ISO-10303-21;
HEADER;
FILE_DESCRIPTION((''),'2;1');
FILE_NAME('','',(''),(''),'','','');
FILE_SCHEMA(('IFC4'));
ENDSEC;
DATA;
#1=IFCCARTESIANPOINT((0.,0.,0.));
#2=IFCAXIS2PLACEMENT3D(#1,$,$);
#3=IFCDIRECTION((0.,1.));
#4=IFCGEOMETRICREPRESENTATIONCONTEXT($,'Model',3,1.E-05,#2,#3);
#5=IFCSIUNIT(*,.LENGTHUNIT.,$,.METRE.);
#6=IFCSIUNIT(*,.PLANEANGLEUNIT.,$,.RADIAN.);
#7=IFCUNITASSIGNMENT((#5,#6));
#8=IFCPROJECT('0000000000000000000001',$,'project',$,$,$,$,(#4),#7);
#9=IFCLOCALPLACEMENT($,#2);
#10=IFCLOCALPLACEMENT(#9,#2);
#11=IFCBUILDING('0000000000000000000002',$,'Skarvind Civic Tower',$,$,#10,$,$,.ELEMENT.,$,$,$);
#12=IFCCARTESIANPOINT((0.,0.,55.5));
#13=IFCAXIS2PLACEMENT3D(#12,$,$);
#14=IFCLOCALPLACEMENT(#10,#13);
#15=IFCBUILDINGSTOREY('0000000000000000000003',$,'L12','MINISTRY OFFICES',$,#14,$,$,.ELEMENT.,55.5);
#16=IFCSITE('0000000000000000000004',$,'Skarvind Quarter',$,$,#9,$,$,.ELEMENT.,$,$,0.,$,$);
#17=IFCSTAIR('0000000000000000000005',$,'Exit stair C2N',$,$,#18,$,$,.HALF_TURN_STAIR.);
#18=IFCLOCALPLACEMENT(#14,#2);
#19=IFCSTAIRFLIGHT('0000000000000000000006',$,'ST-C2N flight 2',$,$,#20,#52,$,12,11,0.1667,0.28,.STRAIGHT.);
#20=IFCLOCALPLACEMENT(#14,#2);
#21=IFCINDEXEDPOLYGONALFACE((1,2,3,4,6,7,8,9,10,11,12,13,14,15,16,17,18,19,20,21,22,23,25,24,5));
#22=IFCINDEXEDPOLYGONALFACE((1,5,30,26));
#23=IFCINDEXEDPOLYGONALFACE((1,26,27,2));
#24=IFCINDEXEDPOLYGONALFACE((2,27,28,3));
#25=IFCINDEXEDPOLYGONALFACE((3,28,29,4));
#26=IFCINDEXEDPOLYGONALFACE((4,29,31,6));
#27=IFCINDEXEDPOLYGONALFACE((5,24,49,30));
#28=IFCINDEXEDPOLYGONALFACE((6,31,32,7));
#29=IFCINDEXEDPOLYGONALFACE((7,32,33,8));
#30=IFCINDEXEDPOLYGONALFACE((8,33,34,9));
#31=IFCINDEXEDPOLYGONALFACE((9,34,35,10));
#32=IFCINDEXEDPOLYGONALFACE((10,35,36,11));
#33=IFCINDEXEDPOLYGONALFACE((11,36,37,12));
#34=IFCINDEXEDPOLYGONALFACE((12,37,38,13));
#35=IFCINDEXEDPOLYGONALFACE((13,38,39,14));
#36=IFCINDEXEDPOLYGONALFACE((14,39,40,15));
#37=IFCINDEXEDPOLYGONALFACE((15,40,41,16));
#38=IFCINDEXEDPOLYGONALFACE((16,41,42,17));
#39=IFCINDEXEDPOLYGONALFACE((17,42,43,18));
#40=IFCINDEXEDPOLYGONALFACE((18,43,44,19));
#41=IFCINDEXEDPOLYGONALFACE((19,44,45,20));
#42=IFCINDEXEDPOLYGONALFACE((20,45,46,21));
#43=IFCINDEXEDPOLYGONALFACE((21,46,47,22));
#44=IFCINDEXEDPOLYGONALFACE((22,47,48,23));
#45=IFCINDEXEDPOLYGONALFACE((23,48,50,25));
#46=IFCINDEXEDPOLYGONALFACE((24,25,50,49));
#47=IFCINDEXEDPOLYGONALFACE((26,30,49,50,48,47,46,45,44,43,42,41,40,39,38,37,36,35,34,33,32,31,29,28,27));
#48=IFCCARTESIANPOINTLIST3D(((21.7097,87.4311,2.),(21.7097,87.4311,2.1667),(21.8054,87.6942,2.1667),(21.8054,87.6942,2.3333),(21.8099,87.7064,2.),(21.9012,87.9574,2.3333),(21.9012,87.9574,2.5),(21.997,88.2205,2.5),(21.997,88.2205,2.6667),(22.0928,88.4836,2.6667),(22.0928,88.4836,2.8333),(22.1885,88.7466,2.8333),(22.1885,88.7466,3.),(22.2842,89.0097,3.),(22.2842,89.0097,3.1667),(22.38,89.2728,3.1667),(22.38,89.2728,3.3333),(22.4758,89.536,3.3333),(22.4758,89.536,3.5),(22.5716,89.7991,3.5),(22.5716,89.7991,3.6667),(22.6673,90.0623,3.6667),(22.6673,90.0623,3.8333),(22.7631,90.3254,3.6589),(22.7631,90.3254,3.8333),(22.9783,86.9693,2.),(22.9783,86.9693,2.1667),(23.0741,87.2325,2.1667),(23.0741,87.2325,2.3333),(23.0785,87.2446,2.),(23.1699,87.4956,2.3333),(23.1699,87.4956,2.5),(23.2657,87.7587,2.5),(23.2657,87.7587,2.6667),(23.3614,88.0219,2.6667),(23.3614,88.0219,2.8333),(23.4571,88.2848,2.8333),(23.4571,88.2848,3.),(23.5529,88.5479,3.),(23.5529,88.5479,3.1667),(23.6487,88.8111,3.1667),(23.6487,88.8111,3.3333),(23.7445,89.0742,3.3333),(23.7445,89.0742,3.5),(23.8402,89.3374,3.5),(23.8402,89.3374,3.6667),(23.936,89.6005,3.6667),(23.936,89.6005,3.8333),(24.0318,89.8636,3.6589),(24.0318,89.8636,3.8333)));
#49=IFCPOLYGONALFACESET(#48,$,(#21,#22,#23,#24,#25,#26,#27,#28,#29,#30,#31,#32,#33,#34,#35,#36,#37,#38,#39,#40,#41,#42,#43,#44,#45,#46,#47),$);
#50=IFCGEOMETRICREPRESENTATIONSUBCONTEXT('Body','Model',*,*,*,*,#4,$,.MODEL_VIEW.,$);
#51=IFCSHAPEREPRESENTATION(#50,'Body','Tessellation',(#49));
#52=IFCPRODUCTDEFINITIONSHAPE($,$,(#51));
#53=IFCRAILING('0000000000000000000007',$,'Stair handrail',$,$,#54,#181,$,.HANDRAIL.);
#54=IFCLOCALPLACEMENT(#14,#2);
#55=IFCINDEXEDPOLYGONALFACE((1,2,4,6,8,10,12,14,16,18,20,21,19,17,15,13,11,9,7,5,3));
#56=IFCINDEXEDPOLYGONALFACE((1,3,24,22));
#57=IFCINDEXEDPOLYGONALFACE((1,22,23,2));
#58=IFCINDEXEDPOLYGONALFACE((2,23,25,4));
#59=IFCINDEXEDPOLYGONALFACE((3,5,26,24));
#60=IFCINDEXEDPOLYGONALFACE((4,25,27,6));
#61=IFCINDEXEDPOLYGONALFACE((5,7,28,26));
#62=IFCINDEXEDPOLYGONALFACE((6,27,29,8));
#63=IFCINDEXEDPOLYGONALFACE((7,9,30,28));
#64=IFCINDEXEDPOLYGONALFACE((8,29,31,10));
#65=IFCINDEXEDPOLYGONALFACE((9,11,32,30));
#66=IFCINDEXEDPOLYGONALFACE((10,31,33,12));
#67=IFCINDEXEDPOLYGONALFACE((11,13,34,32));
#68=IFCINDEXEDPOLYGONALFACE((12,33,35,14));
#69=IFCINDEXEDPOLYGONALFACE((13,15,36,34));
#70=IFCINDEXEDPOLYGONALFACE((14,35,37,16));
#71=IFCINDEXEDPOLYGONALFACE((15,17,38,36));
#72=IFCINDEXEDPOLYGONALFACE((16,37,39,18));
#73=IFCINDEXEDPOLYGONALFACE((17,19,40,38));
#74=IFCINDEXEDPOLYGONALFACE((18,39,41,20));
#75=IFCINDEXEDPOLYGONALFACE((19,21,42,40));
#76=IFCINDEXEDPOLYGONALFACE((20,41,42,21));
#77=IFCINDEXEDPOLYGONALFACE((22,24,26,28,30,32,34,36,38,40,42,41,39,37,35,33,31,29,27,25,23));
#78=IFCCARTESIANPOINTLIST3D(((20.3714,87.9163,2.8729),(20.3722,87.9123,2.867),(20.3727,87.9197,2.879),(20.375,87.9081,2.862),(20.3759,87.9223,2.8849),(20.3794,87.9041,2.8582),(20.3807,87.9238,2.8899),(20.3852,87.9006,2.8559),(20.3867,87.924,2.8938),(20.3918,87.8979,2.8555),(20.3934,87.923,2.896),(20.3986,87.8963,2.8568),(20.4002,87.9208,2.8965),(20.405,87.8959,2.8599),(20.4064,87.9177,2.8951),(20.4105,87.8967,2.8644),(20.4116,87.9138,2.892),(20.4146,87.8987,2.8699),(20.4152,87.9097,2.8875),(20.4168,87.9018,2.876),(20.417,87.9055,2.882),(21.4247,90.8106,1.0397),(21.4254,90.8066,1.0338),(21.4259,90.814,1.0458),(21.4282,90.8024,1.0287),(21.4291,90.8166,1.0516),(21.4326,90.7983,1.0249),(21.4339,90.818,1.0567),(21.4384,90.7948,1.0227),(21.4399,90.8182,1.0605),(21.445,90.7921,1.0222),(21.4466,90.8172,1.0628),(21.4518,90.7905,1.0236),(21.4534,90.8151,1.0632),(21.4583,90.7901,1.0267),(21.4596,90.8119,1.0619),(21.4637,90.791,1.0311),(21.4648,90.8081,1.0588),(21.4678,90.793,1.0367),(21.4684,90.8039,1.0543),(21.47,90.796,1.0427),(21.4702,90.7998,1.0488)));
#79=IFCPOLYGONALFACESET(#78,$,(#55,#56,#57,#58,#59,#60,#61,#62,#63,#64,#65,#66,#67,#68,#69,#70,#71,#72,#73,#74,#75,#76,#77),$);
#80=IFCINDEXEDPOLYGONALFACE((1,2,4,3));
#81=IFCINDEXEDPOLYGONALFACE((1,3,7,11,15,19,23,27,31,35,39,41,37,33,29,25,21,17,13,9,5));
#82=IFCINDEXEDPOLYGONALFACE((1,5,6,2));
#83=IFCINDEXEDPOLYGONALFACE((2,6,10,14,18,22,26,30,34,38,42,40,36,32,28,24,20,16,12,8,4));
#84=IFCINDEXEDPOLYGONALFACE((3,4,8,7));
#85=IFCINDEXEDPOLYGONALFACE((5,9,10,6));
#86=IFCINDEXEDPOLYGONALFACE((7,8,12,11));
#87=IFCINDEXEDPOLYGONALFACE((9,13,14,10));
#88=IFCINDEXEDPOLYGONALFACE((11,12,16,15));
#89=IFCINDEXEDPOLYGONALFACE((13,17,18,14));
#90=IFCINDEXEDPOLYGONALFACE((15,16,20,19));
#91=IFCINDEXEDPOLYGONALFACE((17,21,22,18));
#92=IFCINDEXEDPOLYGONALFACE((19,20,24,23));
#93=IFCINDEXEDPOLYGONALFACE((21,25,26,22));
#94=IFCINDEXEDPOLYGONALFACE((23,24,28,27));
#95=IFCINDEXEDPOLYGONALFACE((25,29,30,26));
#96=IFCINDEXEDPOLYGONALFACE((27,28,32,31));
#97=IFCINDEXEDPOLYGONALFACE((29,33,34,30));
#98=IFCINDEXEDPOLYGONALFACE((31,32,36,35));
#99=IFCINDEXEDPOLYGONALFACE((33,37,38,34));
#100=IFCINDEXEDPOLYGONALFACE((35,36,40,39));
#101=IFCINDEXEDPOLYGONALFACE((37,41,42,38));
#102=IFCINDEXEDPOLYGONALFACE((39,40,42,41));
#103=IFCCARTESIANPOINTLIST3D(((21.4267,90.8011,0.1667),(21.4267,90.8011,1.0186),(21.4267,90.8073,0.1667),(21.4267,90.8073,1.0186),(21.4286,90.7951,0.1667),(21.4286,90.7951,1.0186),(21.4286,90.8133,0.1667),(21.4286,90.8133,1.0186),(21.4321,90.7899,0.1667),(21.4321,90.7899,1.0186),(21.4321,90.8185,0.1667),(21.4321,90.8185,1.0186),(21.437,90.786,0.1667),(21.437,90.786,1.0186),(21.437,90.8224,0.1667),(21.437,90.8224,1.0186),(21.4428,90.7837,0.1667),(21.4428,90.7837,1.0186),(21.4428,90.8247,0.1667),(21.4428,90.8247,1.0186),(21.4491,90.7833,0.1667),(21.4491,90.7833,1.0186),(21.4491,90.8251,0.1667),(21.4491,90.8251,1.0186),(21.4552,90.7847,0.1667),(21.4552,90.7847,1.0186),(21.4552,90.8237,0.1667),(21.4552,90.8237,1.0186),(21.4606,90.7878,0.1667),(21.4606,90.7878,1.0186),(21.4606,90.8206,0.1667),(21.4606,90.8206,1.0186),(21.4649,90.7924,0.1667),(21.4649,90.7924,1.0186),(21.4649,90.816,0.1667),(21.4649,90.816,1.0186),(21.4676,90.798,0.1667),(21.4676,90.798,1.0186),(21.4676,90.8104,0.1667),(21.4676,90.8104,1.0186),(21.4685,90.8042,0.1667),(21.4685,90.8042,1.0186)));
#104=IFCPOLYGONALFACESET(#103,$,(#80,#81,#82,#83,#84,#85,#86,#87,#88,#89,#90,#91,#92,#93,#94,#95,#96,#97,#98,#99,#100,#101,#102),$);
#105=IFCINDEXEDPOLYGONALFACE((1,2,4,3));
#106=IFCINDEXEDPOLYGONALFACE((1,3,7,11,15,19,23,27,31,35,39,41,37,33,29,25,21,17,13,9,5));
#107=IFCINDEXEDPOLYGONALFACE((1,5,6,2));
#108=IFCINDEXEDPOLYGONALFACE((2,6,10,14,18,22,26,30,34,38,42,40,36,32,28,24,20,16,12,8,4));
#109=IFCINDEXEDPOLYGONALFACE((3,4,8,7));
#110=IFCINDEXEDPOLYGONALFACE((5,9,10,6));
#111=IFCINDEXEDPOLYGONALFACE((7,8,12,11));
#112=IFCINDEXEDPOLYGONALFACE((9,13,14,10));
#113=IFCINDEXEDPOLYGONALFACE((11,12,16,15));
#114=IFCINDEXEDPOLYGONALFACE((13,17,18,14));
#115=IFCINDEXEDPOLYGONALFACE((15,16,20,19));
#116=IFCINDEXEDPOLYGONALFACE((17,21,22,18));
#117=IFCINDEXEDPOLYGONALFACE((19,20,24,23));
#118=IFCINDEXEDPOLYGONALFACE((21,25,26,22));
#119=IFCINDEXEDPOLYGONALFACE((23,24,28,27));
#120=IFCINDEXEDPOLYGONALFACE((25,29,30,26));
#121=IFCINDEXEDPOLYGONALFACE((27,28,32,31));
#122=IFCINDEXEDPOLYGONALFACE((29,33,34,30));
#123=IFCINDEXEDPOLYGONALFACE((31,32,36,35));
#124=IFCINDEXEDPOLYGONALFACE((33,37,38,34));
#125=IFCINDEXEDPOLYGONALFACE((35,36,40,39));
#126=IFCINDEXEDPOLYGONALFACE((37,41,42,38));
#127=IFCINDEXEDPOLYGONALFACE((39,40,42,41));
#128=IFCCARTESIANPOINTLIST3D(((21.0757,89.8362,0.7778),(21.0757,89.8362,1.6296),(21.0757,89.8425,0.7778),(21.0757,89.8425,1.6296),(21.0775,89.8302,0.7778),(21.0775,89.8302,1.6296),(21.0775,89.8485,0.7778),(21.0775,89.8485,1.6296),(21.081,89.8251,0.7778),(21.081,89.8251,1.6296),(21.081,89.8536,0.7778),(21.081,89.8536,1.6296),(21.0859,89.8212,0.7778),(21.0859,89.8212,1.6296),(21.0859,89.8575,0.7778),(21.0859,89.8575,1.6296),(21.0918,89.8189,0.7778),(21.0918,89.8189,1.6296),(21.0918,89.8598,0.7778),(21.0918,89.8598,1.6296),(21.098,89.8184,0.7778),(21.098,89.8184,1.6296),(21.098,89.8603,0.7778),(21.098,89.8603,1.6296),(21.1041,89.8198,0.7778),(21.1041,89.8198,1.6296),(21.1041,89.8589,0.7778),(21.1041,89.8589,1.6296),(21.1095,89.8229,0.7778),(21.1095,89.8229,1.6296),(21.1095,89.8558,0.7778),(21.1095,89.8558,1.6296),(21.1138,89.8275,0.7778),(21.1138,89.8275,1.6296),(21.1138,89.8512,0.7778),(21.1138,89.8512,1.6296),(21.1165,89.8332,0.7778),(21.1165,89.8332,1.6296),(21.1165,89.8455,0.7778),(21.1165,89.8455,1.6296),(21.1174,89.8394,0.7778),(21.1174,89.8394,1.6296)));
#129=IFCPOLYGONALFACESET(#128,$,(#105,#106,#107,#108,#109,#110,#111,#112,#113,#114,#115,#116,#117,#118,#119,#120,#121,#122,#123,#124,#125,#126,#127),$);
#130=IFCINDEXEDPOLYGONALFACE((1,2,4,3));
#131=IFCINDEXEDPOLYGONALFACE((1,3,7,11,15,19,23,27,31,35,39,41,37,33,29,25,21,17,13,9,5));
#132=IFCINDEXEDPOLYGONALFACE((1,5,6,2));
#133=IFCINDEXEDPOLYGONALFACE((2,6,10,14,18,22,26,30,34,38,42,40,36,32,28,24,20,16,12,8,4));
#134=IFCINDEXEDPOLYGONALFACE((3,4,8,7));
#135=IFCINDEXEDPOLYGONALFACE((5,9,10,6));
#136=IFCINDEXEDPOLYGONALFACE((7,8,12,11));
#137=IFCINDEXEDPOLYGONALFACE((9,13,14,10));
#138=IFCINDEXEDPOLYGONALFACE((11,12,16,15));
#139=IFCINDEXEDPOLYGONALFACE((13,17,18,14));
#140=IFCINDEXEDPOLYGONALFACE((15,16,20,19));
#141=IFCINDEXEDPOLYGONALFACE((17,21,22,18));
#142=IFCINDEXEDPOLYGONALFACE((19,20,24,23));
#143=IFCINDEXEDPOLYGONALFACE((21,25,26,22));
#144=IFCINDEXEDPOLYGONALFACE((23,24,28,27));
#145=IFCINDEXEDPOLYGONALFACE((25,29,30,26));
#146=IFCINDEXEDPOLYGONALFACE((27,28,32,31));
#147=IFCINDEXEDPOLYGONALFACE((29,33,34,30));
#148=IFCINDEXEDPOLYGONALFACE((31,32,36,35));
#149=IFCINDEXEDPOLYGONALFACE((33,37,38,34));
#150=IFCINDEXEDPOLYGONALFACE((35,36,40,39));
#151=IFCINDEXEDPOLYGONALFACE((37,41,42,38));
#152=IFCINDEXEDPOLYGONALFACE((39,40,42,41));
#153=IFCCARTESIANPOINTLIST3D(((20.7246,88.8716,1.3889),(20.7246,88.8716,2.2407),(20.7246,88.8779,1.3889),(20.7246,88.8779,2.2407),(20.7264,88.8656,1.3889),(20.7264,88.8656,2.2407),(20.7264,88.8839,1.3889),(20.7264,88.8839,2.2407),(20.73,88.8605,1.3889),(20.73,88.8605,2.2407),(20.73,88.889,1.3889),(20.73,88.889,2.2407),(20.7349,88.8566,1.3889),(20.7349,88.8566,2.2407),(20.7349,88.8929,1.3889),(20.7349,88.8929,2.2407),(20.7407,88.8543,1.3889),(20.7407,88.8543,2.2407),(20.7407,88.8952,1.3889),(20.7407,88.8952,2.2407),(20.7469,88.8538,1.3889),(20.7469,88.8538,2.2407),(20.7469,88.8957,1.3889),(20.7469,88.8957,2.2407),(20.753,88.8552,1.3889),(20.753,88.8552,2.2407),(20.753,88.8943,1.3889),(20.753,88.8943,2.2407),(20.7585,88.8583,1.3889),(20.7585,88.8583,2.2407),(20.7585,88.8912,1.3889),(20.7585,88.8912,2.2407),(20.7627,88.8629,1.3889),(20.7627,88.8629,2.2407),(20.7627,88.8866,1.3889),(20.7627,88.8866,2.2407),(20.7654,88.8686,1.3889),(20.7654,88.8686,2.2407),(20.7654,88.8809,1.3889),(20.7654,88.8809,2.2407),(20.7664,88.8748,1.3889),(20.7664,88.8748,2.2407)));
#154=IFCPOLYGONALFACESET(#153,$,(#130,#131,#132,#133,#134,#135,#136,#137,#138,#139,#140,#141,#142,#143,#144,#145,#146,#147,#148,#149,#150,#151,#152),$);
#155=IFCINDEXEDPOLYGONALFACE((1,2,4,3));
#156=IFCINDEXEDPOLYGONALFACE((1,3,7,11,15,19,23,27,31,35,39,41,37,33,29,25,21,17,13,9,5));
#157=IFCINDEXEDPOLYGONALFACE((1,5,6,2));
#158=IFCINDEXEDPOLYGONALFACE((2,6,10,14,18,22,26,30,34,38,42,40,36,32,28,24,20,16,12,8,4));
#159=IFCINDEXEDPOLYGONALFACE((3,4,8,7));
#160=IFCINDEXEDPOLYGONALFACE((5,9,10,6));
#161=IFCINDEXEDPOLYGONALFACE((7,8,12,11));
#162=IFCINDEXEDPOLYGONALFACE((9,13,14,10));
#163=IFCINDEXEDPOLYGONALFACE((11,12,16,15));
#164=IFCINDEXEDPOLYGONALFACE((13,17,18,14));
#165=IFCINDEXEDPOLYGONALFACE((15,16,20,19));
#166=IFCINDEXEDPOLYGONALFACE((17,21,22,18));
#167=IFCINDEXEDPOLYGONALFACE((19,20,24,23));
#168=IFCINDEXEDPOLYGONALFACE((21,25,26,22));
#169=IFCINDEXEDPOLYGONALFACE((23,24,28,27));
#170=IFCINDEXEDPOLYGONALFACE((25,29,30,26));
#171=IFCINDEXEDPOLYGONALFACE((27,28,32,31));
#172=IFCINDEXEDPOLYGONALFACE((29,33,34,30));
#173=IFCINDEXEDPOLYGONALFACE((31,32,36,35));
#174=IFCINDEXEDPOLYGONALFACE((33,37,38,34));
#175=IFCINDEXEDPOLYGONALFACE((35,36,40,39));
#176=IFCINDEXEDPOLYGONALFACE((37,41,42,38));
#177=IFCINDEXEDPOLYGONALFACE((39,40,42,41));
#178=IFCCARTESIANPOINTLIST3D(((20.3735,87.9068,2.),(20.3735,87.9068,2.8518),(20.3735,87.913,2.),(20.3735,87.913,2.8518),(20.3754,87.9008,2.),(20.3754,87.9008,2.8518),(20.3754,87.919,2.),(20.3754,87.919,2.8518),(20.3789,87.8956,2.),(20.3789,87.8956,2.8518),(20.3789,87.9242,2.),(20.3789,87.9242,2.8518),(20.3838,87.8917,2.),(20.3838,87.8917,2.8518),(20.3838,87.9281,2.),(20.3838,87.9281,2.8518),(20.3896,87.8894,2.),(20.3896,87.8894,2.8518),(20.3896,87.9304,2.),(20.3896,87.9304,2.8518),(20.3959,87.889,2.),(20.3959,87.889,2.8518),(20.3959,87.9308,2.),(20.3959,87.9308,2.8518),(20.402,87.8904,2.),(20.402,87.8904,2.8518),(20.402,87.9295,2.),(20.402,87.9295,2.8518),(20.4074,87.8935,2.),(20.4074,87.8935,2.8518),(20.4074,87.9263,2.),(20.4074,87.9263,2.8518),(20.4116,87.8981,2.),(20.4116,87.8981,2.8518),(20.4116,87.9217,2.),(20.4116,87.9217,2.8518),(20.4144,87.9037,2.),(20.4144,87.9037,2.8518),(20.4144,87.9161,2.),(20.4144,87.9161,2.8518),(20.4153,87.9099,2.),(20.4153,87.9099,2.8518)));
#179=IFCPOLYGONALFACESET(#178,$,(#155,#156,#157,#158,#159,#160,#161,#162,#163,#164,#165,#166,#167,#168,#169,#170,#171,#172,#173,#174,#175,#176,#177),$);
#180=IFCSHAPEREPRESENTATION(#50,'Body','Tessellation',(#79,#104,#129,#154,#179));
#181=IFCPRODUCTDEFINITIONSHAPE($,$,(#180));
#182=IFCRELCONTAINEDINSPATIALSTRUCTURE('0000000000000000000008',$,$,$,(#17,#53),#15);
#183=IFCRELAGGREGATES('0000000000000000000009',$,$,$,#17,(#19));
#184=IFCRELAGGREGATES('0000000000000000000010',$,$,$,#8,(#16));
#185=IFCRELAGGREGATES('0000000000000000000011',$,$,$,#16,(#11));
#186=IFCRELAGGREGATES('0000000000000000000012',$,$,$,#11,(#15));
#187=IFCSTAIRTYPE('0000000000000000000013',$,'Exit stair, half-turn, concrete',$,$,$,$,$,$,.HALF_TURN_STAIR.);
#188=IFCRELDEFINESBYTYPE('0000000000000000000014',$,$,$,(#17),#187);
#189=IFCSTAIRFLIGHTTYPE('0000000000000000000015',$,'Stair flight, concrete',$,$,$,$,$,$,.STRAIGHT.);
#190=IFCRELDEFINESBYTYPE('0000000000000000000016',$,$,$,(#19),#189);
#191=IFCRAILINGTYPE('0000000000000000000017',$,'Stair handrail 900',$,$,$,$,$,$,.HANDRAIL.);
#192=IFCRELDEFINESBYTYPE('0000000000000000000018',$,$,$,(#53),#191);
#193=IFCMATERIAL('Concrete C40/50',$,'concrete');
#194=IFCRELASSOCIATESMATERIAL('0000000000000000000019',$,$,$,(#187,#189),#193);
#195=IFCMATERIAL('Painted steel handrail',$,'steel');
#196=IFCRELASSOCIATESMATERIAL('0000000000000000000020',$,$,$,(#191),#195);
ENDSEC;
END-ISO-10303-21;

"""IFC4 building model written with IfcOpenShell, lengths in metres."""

from ifc_helpers import new_model, si_unit, direction, frame, origin, origin_2d, place, context, subcontext, project, spatial, polyline, circle, outline, extrude, material, type_object, element, aggregate, save


model = new_model("IFC4")

# Units and contexts
model_context = context("Model", 3, precision=1e-05, world=origin(), true_north=direction((0.0, 1.0)))
body_context = subcontext(model_context, "Body", "Model", "MODEL_VIEW")
ifc_project = project(units=[si_unit("LENGTHUNIT", "METRE"), si_unit("PLANEANGLEUNIT", "RADIAN")], contexts=[model_context])

# Site, building, storey
site_placement = place(None, origin())
site = spatial("IfcSite", under=ifc_project, at=site_placement, Name="Skarvind Quarter", CompositionType="ELEMENT", RefElevation=0.0)
building_placement = place(site_placement, origin())
building = spatial("IfcBuilding", under=site, at=building_placement, Name="Skarvind Civic Tower", CompositionType="ELEMENT")
storey_placement = place(building_placement, frame((0.0, 0.0, 55.5)))
storey = spatial("IfcBuildingStorey", under=building, at=storey_placement, Name="L12", Description="MINISTRY OFFICES", CompositionType="ELEMENT", Elevation=55.5)

# Stair, stair flight
ifc_material_1 = material(Name="Concrete C40/50", Category="concrete")
stair_type = type_object("IfcStairType", Name="Exit stair, half-turn, concrete", PredefinedType="HALF_TURN_STAIR", material=ifc_material_1)
stair_placement = place(storey_placement, origin())
stair = element("IfcStair", 1, at=stair_placement, inside=storey, type_object=stair_type, Name="Exit stair C2N", PredefinedType="HALF_TURN_STAIR")
stair_flight_type = type_object("IfcStairFlightType", Name="Stair flight, concrete", PredefinedType="STRAIGHT", material=ifc_material_1)
stair_flight_1_placement = place(storey_placement, frame((22.344, 87.2002, 2.0), z_axis=(0.0, 0.0, 1.0), x_axis=(0.34202, 0.939693, 0.0)))
stair_flight_1 = element("IfcStairFlight", 2, at=stair_flight_1_placement, type_object=stair_flight_type, Name="ST-C2N flight 2", NumberOfRisers=12, NumberOfTreads=11, PredefinedType="STRAIGHT", RiserHeight=0.1667, TreadLength=0.28, context=body_context, shape_type="SweptSolid", body=[
    extrude(outline(polyline([(0.0, 0.0), (0.0, 0.1667), (0.28, 0.1667), (0.28, 0.3333), (0.5601, 0.3333), (0.5601, 0.5), (0.8401, 0.5), (0.8401, 0.6667), (1.1201, 0.6667), (1.1201, 0.8333), (1.3999, 0.8333), (1.3999, 1.0), (1.6799, 1.0), (1.6799, 1.1667), (1.96, 1.1667), (1.96, 1.3333), (2.24, 1.3333), (2.24, 1.5), (2.52, 1.5), (2.52, 1.6667), (2.8, 1.6667), (2.8, 1.8333), (3.0801, 1.8333), (3.0801, 2.0), (3.0801, 1.6589), (0.293, 0.0), (0.0, 0.0)])), frame((0.0, 0.675, 0.0), z_axis=(0.0, -1.0, 0.0), x_axis=(1.0, 0.0, 0.0)), (0.0, 0.0, 1.0), 1.3501),
])
aggregate(stair, [stair_flight_1])

# Railing
ifc_material_2 = material(Name="Painted steel handrail", Category="steel")
railing_type = type_object("IfcRailingType", Name="Stair handrail 900", PredefinedType="HANDRAIL", material=ifc_material_2)
railing_1_placement = place(storey_placement, frame((21.4475, 90.8042, 0.1667)))
element("IfcRailing", 3, at=railing_1_placement, inside=storey, type_object=railing_type, Name="Stair handrail", PredefinedType="HANDRAIL", context=body_context, shape_type="SweptSolid", body=[
    extrude(circle(Radius=0.0239, at=origin_2d()), frame((0.0, 0.0, 0.876), z_axis=(-0.293846, -0.807497, 0.511472), x_axis=(0.939715, -0.341959, 0.0)), (0.0, 0.0, 1.0), 3.5842),
    extrude(circle(Radius=0.021, at=origin_2d()), origin(), (0.0, 0.0, 1.0), 0.8518),
    extrude(circle(Radius=0.021, at=origin_2d()), frame((-0.3511, -0.9648, 0.6111)), (0.0, 0.0, 1.0), 0.8518),
    extrude(circle(Radius=0.021, at=origin_2d()), frame((-0.7021, -1.9294, 1.2222)), (0.0, 0.0, 1.0), 0.8518),
    extrude(circle(Radius=0.021, at=origin_2d()), frame((-1.0532, -2.8943, 1.8333)), (0.0, 0.0, 1.0), 0.8518),
])

save(model, "model.ifc")
